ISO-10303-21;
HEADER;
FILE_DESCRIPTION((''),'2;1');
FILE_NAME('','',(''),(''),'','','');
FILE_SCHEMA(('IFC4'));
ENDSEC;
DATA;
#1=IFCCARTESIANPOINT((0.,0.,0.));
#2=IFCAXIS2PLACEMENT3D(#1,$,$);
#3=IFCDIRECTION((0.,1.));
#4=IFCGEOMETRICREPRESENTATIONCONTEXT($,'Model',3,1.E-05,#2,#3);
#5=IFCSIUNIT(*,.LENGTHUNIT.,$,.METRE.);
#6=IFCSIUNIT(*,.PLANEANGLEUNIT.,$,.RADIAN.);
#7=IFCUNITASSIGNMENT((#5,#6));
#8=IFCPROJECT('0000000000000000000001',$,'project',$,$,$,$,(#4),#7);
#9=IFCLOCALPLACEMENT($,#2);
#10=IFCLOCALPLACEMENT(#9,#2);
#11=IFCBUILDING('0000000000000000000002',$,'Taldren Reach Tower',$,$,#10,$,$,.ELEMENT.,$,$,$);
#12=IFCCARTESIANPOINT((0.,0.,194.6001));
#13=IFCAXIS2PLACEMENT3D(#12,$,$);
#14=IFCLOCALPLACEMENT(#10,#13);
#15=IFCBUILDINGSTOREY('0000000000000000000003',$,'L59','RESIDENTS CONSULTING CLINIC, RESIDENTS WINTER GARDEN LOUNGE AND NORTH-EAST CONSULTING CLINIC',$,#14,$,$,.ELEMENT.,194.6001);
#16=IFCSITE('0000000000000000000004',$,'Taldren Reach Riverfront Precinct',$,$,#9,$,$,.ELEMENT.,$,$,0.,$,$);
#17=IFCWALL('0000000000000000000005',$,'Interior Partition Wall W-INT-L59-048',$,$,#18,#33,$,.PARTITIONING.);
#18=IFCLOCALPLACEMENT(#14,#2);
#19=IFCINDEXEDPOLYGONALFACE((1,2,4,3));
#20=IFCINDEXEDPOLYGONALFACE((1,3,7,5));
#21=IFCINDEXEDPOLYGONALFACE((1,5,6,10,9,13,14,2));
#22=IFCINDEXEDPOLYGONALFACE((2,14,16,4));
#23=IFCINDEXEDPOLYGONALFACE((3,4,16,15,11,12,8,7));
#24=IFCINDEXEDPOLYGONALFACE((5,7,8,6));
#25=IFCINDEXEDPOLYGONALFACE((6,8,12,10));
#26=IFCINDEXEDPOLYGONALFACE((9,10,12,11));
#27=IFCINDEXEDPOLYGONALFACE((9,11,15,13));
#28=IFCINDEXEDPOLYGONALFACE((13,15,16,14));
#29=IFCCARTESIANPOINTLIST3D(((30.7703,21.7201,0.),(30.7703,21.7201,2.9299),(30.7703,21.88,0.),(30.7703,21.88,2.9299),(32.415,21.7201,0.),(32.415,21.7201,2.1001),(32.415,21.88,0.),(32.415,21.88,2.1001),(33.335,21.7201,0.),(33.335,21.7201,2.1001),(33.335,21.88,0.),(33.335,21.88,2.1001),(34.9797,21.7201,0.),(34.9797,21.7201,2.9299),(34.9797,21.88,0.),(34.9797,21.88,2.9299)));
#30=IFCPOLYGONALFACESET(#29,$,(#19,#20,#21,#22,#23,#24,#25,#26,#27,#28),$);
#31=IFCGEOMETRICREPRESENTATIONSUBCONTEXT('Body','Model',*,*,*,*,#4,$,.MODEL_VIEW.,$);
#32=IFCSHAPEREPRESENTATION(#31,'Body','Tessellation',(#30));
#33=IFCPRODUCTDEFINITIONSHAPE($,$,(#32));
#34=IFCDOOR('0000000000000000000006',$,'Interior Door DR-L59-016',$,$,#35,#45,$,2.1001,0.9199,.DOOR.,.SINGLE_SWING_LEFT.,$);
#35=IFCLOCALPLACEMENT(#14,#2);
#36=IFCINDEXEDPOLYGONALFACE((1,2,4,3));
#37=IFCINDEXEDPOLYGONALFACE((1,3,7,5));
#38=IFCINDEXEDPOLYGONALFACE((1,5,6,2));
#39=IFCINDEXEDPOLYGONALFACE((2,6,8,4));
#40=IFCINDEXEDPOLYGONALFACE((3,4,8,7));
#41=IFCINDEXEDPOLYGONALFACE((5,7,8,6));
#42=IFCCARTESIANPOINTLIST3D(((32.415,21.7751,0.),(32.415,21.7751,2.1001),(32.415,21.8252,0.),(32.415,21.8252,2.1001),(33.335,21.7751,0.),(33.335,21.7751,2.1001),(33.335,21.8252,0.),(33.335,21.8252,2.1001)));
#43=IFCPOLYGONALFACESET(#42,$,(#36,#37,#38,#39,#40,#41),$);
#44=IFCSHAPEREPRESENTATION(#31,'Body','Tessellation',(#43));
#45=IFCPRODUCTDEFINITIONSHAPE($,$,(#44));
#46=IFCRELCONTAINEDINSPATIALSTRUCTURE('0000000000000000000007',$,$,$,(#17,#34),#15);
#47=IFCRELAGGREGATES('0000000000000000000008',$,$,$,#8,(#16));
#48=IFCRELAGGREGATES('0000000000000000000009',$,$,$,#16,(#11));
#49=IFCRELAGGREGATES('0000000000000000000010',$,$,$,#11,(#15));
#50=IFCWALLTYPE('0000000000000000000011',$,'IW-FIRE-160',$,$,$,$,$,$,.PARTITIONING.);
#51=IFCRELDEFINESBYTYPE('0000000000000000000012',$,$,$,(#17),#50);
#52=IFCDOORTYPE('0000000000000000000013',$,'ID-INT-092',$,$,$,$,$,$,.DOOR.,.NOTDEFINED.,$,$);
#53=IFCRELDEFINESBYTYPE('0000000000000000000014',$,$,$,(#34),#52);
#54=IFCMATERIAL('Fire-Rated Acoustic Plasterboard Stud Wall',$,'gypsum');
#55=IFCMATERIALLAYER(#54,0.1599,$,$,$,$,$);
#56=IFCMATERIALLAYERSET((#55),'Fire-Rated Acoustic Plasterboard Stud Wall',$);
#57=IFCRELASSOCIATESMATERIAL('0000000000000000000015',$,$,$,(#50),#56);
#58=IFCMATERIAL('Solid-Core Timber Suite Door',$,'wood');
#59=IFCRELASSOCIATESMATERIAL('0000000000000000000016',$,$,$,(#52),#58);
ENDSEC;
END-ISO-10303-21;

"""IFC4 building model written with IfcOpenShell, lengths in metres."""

from ifc_helpers import new_model, si_unit, direction, frame, frame_2d, origin, place, context, subcontext, project, spatial, rectangle, extrude, source, transform, mapped, material, layer, layer_set, type_object, element, fill, save


model = new_model("IFC4")

# Units and contexts
model_context = context("Model", 3, precision=1e-05, world=origin(), true_north=direction((0.0, 1.0)))
body_context = subcontext(model_context, "Body", "Model", "MODEL_VIEW")
ifc_project = project(units=[si_unit("LENGTHUNIT", "METRE"), si_unit("PLANEANGLEUNIT", "RADIAN")], contexts=[model_context])

# Site, building, storey
site_placement = place(None, origin())
site = spatial("IfcSite", under=ifc_project, at=site_placement, Name="Taldren Reach Riverfront Precinct", CompositionType="ELEMENT", RefElevation=0.0)
building_placement = place(site_placement, origin())
building = spatial("IfcBuilding", under=site, at=building_placement, Name="Taldren Reach Tower", CompositionType="ELEMENT")
storey_placement = place(building_placement, frame((0.0, 0.0, 194.6001)))
storey = spatial("IfcBuildingStorey", under=building, at=storey_placement, Name="L59", Description="RESIDENTS CONSULTING CLINIC, RESIDENTS WINTER GARDEN LOUNGE AND NORTH-EAST CONSULTING CLINIC", CompositionType="ELEMENT", Elevation=194.6001)

# Wall, opening, door
ifc_material_1 = material(Name="Fire-Rated Acoustic Plasterboard Stud Wall", Category="gypsum")
ifc_layer_1 = layer(ifc_material_1, 0.1599)
ifc_layer_set_1 = layer_set([ifc_layer_1], Name="Fire-Rated Acoustic Plasterboard Stud Wall")
wall_type_1 = type_object("IfcWallType", Name="IW-FIRE-160", PredefinedType="PARTITIONING", material=ifc_layer_set_1)
shared_shape_1 = source(origin(), body_context, "Body", "SweptSolid", [
    extrude(rectangle(XDim=4.2095, YDim=0.1599, at=frame_2d((2.1047, 0.0))), origin(), (0.0, 0.0, 1.0), 2.9299),
])
wall_1_placement = place(storey_placement, frame((34.9797, 21.8, 0.0), z_axis=(0.0, 0.0, 1.0), x_axis=(-1.0, 0.0, 0.0)))
wall_1 = element("IfcWall", 1, at=wall_1_placement, inside=storey, type_object=wall_type_1, Name="Interior Partition Wall W-INT-L59-048", PredefinedType="PARTITIONING", context=body_context, shape_type="MappedRepresentation", body=[
    mapped(shared_shape_1, transform((0.0, 0.0, 0.0), scale=1.0)),
])
shared_shape_2 = source(origin(), body_context, "Body", "SweptSolid", [
    extrude(rectangle(XDim=0.9199, YDim=2.1001, at=frame_2d((0.46, 1.05))), frame((0.0, 0.0898, 0.0), z_axis=(0.0, -1.0, 0.0), x_axis=(1.0, 0.0, 0.0)), (0.0, 0.0, 1.0), 0.1799),
])
opening_1_placement = place(wall_1_placement, frame((1.6448, 0.0, 0.0)))
opening_1 = element("IfcOpeningElement", 2, at=opening_1_placement, cuts=wall_1, PredefinedType="OPENING", context=body_context, shape_type="MappedRepresentation", body=[
    mapped(shared_shape_2, transform((0.0, 0.0, 0.0), scale=1.0)),
])
ifc_material_2 = material(Name="Solid-Core Timber Suite Door", Category="wood")
door_type_1 = type_object("IfcDoorType", Name="ID-INT-092", OperationType="NOTDEFINED", PredefinedType="DOOR", material=ifc_material_2)
shared_shape_3 = source(origin(), body_context, "Body", "SweptSolid", [
    extrude(rectangle(XDim=0.9199, YDim=2.1001, at=frame_2d((0.46, 1.05))), frame((0.0, 0.0249, 0.0), z_axis=(0.0, -1.0, 0.0), x_axis=(1.0, 0.0, 0.0)), (0.0, 0.0, 1.0), 0.05),
])
door_1_placement = place(opening_1_placement, origin())
door_1 = element("IfcDoor", 3, at=door_1_placement, inside=storey, type_object=door_type_1, Name="Interior Door DR-L59-016", OperationType="SINGLE_SWING_LEFT", OverallHeight=2.1001, OverallWidth=0.9199, PredefinedType="DOOR", context=body_context, shape_type="MappedRepresentation", body=[
    mapped(shared_shape_3, transform((0.0, 0.0, 0.0), scale=1.0)),
])
fill(opening_1, door_1)

save(model, "model.ifc")
